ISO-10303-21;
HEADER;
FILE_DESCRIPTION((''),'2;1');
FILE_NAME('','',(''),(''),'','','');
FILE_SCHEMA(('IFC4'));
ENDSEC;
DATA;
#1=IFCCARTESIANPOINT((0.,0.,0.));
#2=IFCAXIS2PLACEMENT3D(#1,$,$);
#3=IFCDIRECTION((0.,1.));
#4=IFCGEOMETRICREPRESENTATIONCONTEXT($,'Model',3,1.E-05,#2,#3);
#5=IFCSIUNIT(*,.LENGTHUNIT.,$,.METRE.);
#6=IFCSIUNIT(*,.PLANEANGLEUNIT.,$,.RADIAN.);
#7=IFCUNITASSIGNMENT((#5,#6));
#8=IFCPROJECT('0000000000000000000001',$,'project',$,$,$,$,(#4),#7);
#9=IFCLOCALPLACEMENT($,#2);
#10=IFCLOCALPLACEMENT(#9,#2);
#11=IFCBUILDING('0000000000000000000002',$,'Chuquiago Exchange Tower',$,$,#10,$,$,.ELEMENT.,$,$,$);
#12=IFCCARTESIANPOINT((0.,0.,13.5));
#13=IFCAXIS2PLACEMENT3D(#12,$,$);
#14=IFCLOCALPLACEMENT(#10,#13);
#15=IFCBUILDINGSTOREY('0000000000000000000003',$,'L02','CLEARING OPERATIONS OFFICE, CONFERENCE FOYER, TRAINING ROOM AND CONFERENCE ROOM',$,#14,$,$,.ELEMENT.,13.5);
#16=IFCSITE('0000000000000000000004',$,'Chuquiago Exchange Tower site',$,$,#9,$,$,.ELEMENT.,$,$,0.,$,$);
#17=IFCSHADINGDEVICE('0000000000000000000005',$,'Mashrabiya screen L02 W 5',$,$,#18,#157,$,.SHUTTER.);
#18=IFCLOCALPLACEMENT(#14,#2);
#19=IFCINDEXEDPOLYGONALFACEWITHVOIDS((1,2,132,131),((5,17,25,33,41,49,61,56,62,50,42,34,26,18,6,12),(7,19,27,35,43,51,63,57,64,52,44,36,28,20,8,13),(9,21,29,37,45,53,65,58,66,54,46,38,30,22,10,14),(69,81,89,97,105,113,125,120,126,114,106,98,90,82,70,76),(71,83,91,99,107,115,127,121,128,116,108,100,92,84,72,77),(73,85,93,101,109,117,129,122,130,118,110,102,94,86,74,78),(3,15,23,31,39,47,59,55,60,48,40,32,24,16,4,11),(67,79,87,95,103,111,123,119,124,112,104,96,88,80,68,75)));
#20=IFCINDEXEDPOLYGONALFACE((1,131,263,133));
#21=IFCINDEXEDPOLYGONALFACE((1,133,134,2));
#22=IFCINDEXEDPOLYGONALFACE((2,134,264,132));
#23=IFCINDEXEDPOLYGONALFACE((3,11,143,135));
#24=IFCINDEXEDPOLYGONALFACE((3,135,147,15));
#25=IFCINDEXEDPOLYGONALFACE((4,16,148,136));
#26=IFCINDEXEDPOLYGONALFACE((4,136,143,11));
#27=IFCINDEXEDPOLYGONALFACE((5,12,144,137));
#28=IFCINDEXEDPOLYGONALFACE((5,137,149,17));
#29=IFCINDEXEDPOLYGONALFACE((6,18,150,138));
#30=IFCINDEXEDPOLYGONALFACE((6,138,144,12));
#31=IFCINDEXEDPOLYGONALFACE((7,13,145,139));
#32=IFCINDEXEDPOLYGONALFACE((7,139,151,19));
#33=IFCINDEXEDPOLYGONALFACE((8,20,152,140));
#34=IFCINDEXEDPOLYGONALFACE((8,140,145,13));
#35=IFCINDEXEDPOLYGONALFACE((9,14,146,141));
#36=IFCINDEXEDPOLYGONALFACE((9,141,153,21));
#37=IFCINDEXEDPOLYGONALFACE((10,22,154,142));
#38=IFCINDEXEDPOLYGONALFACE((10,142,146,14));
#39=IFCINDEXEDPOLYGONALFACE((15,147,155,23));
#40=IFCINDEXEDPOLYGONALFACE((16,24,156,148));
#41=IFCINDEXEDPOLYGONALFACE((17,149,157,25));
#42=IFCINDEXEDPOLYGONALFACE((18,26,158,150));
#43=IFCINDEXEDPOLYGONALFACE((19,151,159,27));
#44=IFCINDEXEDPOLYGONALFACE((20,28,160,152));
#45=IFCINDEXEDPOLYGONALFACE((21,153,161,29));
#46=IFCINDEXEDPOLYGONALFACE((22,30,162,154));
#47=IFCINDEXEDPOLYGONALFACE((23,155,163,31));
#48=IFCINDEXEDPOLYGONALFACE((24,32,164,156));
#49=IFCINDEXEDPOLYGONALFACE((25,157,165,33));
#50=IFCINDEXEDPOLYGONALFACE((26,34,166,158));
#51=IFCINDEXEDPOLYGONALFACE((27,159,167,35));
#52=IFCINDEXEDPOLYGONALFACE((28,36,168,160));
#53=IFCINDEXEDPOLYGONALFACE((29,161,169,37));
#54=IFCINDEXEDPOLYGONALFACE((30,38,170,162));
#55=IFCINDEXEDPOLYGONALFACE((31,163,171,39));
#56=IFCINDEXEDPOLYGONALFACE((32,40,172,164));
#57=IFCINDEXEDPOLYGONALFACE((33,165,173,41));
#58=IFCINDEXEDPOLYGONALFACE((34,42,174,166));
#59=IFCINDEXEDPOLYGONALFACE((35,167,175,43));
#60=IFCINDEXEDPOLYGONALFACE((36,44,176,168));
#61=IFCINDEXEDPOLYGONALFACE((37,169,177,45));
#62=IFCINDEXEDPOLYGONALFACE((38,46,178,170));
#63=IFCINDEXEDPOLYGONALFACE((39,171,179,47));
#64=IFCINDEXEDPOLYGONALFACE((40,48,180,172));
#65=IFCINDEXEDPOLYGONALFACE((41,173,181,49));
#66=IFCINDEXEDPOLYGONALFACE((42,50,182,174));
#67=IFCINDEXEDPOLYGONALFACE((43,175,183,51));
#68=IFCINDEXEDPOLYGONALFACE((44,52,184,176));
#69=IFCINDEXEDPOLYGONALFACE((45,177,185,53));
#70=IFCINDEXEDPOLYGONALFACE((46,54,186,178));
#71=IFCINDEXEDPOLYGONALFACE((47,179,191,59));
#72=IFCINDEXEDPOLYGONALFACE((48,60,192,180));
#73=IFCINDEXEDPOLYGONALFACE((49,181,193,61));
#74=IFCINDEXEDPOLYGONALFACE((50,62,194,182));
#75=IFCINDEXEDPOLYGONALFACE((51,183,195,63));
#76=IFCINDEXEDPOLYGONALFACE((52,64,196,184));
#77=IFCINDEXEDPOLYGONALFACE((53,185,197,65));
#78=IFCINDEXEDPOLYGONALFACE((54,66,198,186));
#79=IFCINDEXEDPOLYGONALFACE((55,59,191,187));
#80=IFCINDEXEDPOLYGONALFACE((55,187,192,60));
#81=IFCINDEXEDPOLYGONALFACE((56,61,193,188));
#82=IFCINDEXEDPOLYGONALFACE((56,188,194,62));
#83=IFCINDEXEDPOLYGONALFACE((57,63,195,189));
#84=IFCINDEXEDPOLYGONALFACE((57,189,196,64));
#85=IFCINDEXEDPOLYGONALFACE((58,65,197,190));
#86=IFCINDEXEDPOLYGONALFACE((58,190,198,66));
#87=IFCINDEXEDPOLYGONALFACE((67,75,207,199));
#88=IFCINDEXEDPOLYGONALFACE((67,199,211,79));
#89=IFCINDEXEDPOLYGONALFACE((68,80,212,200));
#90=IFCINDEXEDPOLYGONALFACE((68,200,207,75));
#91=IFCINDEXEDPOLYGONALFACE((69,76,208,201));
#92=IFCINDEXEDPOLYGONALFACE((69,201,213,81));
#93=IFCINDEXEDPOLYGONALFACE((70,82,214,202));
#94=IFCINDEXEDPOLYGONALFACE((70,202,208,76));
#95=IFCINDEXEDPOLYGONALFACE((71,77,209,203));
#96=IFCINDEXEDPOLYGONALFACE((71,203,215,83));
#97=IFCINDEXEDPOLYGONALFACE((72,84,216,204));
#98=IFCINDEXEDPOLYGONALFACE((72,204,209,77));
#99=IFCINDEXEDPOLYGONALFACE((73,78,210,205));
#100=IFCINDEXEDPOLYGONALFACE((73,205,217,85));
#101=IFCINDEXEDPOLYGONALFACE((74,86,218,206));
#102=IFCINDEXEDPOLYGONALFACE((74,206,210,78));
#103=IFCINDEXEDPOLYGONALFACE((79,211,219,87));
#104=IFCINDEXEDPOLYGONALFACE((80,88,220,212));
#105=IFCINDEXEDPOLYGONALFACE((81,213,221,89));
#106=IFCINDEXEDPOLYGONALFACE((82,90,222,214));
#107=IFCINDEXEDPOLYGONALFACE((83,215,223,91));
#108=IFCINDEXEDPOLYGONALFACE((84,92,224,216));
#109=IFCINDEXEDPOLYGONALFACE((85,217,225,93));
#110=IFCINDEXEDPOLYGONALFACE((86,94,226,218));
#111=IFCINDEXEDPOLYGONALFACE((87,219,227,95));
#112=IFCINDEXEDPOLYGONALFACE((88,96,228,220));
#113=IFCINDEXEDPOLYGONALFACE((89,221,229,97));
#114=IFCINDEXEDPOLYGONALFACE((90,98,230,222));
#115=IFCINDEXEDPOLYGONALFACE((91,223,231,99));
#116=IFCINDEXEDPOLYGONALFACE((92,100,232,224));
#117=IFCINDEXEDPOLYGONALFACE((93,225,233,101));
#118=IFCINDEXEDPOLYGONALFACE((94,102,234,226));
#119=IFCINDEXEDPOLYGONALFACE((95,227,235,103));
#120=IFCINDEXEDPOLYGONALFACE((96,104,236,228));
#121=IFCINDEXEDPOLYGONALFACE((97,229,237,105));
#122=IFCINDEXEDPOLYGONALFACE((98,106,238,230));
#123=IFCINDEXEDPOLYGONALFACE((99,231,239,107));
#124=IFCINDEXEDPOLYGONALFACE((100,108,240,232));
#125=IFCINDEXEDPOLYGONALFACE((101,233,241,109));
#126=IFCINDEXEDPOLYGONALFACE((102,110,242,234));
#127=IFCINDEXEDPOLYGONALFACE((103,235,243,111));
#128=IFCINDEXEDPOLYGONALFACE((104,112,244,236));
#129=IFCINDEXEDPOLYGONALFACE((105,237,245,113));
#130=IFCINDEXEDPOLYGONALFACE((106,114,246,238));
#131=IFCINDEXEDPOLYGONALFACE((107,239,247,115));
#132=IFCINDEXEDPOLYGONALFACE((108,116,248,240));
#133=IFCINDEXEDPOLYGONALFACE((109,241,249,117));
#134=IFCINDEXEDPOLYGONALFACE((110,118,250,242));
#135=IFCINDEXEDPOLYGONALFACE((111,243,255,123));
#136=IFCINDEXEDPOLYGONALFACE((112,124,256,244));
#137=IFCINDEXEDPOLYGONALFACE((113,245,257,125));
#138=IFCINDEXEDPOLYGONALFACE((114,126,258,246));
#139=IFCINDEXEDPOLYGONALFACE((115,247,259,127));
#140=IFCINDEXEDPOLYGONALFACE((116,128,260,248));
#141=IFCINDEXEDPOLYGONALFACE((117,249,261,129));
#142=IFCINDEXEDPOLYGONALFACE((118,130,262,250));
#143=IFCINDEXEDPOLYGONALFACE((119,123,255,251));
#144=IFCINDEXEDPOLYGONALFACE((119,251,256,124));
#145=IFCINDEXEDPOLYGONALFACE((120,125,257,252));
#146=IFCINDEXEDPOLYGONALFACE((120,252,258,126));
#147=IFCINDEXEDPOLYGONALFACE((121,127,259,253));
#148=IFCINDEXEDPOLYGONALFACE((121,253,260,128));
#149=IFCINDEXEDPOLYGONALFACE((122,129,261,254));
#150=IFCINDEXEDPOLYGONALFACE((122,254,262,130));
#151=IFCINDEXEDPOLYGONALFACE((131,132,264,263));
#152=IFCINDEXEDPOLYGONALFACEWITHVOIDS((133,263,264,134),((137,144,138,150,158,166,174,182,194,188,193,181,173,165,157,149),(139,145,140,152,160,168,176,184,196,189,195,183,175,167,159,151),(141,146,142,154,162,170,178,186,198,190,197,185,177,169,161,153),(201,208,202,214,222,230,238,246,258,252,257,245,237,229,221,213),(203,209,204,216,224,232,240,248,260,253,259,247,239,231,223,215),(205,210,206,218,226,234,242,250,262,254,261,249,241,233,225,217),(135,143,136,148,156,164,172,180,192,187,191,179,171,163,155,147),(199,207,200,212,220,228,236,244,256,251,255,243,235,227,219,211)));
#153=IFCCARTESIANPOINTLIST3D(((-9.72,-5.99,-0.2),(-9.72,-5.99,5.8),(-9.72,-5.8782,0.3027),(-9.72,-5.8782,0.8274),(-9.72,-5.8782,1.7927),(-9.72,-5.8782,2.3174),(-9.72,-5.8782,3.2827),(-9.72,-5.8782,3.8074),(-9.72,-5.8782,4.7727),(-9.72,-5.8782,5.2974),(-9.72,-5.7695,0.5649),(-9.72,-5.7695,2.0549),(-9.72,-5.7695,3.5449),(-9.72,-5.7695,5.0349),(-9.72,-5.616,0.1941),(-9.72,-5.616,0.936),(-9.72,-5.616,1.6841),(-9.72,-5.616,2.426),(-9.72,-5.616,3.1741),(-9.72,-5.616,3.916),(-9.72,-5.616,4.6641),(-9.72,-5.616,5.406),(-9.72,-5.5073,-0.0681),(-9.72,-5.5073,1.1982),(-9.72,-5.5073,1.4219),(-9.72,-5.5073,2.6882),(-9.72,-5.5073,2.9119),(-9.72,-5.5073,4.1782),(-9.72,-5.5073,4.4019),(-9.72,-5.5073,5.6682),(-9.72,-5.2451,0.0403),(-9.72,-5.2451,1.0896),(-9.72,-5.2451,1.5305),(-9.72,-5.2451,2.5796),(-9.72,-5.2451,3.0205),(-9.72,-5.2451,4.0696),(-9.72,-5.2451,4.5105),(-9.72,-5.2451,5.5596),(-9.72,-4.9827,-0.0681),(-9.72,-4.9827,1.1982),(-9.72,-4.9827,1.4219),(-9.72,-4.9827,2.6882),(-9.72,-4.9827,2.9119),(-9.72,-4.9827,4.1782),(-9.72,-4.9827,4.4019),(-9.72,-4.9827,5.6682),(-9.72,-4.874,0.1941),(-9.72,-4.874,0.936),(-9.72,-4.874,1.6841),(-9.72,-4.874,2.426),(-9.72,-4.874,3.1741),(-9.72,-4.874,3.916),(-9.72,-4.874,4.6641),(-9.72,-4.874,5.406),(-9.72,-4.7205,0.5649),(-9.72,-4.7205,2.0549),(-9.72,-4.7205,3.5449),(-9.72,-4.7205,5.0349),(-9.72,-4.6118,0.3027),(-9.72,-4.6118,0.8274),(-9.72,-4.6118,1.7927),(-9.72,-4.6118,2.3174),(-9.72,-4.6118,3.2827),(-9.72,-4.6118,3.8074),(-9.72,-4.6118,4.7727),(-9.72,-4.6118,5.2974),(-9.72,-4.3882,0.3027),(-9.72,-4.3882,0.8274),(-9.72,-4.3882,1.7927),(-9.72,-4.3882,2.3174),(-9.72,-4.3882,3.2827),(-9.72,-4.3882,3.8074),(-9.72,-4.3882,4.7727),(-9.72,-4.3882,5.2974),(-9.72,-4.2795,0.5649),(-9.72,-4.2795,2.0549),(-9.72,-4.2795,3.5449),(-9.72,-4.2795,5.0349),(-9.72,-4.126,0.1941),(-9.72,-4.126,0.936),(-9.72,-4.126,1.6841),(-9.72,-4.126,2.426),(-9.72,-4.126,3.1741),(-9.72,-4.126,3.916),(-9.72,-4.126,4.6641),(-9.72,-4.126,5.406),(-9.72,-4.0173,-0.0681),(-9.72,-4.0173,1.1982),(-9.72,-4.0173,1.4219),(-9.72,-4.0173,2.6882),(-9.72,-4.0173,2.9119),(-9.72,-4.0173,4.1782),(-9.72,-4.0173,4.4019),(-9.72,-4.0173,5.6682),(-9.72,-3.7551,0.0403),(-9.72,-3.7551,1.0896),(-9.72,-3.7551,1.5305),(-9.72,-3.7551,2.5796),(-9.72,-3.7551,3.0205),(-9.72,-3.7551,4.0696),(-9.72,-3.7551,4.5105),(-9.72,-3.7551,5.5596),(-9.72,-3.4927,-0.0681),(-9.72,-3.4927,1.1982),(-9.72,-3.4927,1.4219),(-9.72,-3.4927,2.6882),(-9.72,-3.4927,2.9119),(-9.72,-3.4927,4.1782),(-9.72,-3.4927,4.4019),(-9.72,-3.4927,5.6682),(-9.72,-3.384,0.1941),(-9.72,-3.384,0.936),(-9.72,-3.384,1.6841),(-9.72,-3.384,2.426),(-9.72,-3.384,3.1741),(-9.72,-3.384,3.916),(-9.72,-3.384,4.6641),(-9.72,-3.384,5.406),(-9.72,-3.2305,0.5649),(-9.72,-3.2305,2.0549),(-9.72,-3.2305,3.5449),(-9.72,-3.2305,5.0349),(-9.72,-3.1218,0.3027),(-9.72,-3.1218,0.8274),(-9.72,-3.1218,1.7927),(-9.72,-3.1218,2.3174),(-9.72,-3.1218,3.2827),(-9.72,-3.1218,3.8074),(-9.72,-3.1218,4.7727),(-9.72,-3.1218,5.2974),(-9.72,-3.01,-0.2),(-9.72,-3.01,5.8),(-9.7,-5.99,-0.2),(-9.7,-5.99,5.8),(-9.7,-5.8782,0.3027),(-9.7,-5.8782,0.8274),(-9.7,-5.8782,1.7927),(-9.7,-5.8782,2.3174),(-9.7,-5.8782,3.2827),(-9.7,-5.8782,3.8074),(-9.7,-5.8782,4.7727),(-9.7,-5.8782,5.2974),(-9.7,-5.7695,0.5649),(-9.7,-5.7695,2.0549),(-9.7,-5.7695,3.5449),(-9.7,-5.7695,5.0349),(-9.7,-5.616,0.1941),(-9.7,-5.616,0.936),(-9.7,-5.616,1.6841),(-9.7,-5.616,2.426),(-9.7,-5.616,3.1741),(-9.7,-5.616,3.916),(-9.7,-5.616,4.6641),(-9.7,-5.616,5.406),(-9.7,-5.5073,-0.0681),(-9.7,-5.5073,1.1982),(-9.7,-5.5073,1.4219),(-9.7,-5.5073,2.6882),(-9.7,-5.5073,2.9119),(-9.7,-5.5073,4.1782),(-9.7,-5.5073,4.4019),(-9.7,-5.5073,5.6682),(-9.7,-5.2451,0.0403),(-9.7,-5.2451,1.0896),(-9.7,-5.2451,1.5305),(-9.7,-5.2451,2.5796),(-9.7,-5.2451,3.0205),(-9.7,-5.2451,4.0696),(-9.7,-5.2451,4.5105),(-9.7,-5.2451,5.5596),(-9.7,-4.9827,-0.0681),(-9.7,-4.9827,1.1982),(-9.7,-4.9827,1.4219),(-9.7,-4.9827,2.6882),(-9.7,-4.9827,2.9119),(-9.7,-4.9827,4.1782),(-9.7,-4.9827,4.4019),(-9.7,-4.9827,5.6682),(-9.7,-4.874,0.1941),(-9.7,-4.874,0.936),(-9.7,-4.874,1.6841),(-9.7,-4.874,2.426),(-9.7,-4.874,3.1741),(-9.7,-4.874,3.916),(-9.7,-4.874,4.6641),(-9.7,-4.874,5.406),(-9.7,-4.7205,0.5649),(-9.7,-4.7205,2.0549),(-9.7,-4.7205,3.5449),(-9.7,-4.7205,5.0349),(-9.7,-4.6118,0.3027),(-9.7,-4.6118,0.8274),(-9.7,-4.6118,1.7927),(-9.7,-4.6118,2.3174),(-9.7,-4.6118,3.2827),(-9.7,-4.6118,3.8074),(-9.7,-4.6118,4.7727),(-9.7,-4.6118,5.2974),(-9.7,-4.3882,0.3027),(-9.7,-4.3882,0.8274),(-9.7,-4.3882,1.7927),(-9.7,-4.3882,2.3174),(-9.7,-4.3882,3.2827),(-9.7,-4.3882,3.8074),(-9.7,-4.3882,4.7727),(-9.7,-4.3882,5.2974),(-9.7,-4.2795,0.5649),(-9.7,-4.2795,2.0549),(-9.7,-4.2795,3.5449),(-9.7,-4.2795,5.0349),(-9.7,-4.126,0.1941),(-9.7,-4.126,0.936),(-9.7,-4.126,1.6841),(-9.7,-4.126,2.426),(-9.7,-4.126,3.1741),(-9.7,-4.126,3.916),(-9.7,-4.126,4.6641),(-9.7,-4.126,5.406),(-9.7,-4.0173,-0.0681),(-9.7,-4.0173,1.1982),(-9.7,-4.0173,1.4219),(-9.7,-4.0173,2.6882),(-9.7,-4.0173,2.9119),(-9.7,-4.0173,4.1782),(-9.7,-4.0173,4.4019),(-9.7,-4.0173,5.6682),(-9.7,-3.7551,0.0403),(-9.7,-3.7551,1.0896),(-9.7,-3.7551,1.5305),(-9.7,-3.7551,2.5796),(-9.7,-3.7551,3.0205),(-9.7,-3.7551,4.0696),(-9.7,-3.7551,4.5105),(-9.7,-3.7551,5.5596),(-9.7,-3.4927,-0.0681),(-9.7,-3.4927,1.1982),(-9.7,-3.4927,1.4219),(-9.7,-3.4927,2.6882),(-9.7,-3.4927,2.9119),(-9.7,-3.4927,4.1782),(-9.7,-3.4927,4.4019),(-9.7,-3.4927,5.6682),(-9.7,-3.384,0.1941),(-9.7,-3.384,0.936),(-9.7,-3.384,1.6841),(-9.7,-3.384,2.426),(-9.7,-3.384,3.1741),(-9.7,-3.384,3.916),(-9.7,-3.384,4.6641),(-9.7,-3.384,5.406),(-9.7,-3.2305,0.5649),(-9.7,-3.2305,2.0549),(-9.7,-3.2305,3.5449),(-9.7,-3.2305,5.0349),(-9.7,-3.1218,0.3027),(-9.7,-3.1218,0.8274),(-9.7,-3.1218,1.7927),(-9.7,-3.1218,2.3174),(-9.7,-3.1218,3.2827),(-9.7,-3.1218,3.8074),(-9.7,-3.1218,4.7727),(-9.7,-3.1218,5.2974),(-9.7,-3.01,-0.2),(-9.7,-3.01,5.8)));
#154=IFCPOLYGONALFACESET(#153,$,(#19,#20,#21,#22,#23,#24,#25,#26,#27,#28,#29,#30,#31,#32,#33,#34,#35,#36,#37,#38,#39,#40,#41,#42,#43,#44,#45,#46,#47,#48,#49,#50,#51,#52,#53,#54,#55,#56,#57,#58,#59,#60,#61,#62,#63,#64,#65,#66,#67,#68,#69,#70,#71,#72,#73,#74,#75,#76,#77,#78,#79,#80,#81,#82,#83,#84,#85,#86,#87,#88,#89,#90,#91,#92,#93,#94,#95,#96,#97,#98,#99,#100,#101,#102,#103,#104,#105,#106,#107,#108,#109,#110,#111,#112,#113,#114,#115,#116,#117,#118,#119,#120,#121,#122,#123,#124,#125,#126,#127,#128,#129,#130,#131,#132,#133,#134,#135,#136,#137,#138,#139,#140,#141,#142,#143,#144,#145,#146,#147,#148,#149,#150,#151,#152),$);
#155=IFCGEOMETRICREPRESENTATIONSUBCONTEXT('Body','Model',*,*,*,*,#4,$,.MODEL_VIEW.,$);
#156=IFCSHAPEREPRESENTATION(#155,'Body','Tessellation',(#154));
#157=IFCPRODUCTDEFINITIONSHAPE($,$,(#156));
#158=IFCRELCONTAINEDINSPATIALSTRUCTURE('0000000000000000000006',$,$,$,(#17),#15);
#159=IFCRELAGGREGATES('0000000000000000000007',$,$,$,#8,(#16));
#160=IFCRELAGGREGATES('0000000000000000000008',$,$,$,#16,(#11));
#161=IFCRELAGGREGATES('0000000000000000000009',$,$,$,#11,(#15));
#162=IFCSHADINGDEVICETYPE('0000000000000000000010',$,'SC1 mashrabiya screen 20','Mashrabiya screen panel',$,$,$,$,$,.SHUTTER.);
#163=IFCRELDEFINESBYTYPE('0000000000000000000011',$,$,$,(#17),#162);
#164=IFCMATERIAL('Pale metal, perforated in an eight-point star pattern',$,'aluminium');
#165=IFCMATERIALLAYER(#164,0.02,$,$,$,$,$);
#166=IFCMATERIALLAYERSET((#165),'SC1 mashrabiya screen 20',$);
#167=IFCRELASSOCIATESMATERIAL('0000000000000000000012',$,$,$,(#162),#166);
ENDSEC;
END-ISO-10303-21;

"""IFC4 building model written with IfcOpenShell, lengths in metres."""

from ifc_helpers import new_model, si_unit, direction, frame, origin, place, context, subcontext, project, spatial, polyline, outline, extrude, material, layer, layer_set, type_object, element, save


model = new_model("IFC4")

# Units and contexts
model_context = context("Model", 3, precision=1e-05, world=origin(), true_north=direction((0.0, 1.0)))
body_context = subcontext(model_context, "Body", "Model", "MODEL_VIEW")
ifc_project = project(units=[si_unit("LENGTHUNIT", "METRE"), si_unit("PLANEANGLEUNIT", "RADIAN")], contexts=[model_context])

# Site, building, storey
site_placement = place(None, origin())
site = spatial("IfcSite", under=ifc_project, at=site_placement, Name="Chuquiago Exchange Tower site", CompositionType="ELEMENT", RefElevation=0.0)
building_placement = place(site_placement, origin())
building = spatial("IfcBuilding", under=site, at=building_placement, Name="Chuquiago Exchange Tower", CompositionType="ELEMENT")
storey_placement = place(building_placement, frame((0.0, 0.0, 13.5)))
storey = spatial("IfcBuildingStorey", under=building, at=storey_placement, Name="L02", Description="CLEARING OPERATIONS OFFICE, CONFERENCE FOYER, TRAINING ROOM AND CONFERENCE ROOM", CompositionType="ELEMENT", Elevation=13.5)

# Shading device
ifc_material_1 = material(Name="Pale metal, perforated in an eight-point star pattern", Category="aluminium")
ifc_layer_1 = layer(ifc_material_1, 0.02)
ifc_layer_set_1 = layer_set([ifc_layer_1], Name="SC1 mashrabiya screen 20")
shading_device_type = type_object("IfcShadingDeviceType", Name="SC1 mashrabiya screen 20", Description="Mashrabiya screen panel", PredefinedType="SHUTTER", material=ifc_layer_set_1)
shading_device_1_placement = place(storey_placement, frame((-9.7, -3.01, -0.2), z_axis=(0.0, 0.0, 1.0), x_axis=(0.0, -1.0, 0.0)))
element("IfcShadingDevice", 1, at=shading_device_1_placement, inside=storey, type_object=shading_device_type, Name="Mashrabiya screen L02 W 5", PredefinedType="SHUTTER", context=body_context, shape_type="SweptSolid", body=[
    extrude(outline(polyline([(0.0, 0.0), (2.98, 0.0), (2.98, 6.0), (0.0, 6.0), (0.0, 0.0)]), holes=[polyline([(1.2695, 0.7649), (1.3782, 1.0273), (1.116, 1.136), (1.0073, 1.3982), (0.7451, 1.2896), (0.4827, 1.3982), (0.374, 1.136), (0.1118, 1.0273), (0.2205, 0.7649), (0.1118, 0.5027), (0.374, 0.394), (0.4827, 0.1318), (0.7451, 0.2402), (1.0073, 0.1318), (1.116, 0.394), (1.3782, 0.5027), (1.2695, 0.7649)]), polyline([(2.7595, 0.7649), (2.8682, 1.0273), (2.606, 1.136), (2.4973, 1.3982), (2.2351, 1.2896), (1.9727, 1.3982), (1.864, 1.136), (1.6018, 1.0273), (1.7104, 0.7649), (1.6018, 0.5027), (1.864, 0.394), (1.9727, 0.1318), (2.2351, 0.2402), (2.4973, 0.1318), (2.606, 0.394), (2.8682, 0.5027), (2.7595, 0.7649)]), polyline([(1.2695, 2.2549), (1.3782, 2.5173), (1.116, 2.626), (1.0073, 2.8882), (0.7451, 2.7795), (0.4827, 2.8882), (0.374, 2.626), (0.1118, 2.5173), (0.2205, 2.2549), (0.1118, 1.9927), (0.374, 1.884), (0.4827, 1.6218), (0.7451, 1.7305), (1.0073, 1.6218), (1.116, 1.884), (1.3782, 1.9927), (1.2695, 2.2549)]), polyline([(2.7595, 2.2549), (2.8682, 2.5173), (2.606, 2.626), (2.4973, 2.8882), (2.2351, 2.7795), (1.9727, 2.8882), (1.864, 2.626), (1.6018, 2.5173), (1.7104, 2.2549), (1.6018, 1.9927), (1.864, 1.884), (1.9727, 1.6218), (2.2351, 1.7305), (2.4973, 1.6218), (2.606, 1.884), (2.8682, 1.9927), (2.7595, 2.2549)]), polyline([(1.2695, 3.7449), (1.3782, 4.0073), (1.116, 4.116), (1.0073, 4.3782), (0.7451, 4.2695), (0.4827, 4.3782), (0.374, 4.116), (0.1118, 4.0073), (0.2205, 3.7449), (0.1118, 3.4827), (0.374, 3.374), (0.4827, 3.1118), (0.7451, 3.2205), (1.0073, 3.1118), (1.116, 3.374), (1.3782, 3.4827), (1.2695, 3.7449)]), polyline([(2.7595, 3.7449), (2.8682, 4.0073), (2.606, 4.116), (2.4973, 4.3782), (2.2351, 4.2695), (1.9727, 4.3782), (1.864, 4.116), (1.6018, 4.0073), (1.7104, 3.7449), (1.6018, 3.4827), (1.864, 3.374), (1.9727, 3.1118), (2.2351, 3.2205), (2.4973, 3.1118), (2.606, 3.374), (2.8682, 3.4827), (2.7595, 3.7449)]), polyline([(1.2695, 5.2349), (1.3782, 5.4973), (1.116, 5.606), (1.0073, 5.8682), (0.7451, 5.7595), (0.4827, 5.8682), (0.374, 5.606), (0.1118, 5.4973), (0.2205, 5.2349), (0.1118, 4.9727), (0.374, 4.864), (0.4827, 4.6018), (0.7451, 4.7104), (1.0073, 4.6018), (1.116, 4.864), (1.3782, 4.9727), (1.2695, 5.2349)]), polyline([(2.7595, 5.2349), (2.8682, 5.4973), (2.606, 5.606), (2.4973, 5.8682), (2.2351, 5.7595), (1.9727, 5.8682), (1.864, 5.606), (1.6018, 5.4973), (1.7104, 5.2349), (1.6018, 4.9727), (1.864, 4.864), (1.9727, 4.6018), (2.2351, 4.7104), (2.4973, 4.6018), (2.606, 4.864), (2.8682, 4.9727), (2.7595, 5.2349)])]), frame((0.0, 0.0, 0.0), z_axis=(0.0, -1.0, 0.0), x_axis=(1.0, 0.0, 0.0)), (0.0, 0.0, 1.0), 0.02),
])

save(model, "model.ifc")
